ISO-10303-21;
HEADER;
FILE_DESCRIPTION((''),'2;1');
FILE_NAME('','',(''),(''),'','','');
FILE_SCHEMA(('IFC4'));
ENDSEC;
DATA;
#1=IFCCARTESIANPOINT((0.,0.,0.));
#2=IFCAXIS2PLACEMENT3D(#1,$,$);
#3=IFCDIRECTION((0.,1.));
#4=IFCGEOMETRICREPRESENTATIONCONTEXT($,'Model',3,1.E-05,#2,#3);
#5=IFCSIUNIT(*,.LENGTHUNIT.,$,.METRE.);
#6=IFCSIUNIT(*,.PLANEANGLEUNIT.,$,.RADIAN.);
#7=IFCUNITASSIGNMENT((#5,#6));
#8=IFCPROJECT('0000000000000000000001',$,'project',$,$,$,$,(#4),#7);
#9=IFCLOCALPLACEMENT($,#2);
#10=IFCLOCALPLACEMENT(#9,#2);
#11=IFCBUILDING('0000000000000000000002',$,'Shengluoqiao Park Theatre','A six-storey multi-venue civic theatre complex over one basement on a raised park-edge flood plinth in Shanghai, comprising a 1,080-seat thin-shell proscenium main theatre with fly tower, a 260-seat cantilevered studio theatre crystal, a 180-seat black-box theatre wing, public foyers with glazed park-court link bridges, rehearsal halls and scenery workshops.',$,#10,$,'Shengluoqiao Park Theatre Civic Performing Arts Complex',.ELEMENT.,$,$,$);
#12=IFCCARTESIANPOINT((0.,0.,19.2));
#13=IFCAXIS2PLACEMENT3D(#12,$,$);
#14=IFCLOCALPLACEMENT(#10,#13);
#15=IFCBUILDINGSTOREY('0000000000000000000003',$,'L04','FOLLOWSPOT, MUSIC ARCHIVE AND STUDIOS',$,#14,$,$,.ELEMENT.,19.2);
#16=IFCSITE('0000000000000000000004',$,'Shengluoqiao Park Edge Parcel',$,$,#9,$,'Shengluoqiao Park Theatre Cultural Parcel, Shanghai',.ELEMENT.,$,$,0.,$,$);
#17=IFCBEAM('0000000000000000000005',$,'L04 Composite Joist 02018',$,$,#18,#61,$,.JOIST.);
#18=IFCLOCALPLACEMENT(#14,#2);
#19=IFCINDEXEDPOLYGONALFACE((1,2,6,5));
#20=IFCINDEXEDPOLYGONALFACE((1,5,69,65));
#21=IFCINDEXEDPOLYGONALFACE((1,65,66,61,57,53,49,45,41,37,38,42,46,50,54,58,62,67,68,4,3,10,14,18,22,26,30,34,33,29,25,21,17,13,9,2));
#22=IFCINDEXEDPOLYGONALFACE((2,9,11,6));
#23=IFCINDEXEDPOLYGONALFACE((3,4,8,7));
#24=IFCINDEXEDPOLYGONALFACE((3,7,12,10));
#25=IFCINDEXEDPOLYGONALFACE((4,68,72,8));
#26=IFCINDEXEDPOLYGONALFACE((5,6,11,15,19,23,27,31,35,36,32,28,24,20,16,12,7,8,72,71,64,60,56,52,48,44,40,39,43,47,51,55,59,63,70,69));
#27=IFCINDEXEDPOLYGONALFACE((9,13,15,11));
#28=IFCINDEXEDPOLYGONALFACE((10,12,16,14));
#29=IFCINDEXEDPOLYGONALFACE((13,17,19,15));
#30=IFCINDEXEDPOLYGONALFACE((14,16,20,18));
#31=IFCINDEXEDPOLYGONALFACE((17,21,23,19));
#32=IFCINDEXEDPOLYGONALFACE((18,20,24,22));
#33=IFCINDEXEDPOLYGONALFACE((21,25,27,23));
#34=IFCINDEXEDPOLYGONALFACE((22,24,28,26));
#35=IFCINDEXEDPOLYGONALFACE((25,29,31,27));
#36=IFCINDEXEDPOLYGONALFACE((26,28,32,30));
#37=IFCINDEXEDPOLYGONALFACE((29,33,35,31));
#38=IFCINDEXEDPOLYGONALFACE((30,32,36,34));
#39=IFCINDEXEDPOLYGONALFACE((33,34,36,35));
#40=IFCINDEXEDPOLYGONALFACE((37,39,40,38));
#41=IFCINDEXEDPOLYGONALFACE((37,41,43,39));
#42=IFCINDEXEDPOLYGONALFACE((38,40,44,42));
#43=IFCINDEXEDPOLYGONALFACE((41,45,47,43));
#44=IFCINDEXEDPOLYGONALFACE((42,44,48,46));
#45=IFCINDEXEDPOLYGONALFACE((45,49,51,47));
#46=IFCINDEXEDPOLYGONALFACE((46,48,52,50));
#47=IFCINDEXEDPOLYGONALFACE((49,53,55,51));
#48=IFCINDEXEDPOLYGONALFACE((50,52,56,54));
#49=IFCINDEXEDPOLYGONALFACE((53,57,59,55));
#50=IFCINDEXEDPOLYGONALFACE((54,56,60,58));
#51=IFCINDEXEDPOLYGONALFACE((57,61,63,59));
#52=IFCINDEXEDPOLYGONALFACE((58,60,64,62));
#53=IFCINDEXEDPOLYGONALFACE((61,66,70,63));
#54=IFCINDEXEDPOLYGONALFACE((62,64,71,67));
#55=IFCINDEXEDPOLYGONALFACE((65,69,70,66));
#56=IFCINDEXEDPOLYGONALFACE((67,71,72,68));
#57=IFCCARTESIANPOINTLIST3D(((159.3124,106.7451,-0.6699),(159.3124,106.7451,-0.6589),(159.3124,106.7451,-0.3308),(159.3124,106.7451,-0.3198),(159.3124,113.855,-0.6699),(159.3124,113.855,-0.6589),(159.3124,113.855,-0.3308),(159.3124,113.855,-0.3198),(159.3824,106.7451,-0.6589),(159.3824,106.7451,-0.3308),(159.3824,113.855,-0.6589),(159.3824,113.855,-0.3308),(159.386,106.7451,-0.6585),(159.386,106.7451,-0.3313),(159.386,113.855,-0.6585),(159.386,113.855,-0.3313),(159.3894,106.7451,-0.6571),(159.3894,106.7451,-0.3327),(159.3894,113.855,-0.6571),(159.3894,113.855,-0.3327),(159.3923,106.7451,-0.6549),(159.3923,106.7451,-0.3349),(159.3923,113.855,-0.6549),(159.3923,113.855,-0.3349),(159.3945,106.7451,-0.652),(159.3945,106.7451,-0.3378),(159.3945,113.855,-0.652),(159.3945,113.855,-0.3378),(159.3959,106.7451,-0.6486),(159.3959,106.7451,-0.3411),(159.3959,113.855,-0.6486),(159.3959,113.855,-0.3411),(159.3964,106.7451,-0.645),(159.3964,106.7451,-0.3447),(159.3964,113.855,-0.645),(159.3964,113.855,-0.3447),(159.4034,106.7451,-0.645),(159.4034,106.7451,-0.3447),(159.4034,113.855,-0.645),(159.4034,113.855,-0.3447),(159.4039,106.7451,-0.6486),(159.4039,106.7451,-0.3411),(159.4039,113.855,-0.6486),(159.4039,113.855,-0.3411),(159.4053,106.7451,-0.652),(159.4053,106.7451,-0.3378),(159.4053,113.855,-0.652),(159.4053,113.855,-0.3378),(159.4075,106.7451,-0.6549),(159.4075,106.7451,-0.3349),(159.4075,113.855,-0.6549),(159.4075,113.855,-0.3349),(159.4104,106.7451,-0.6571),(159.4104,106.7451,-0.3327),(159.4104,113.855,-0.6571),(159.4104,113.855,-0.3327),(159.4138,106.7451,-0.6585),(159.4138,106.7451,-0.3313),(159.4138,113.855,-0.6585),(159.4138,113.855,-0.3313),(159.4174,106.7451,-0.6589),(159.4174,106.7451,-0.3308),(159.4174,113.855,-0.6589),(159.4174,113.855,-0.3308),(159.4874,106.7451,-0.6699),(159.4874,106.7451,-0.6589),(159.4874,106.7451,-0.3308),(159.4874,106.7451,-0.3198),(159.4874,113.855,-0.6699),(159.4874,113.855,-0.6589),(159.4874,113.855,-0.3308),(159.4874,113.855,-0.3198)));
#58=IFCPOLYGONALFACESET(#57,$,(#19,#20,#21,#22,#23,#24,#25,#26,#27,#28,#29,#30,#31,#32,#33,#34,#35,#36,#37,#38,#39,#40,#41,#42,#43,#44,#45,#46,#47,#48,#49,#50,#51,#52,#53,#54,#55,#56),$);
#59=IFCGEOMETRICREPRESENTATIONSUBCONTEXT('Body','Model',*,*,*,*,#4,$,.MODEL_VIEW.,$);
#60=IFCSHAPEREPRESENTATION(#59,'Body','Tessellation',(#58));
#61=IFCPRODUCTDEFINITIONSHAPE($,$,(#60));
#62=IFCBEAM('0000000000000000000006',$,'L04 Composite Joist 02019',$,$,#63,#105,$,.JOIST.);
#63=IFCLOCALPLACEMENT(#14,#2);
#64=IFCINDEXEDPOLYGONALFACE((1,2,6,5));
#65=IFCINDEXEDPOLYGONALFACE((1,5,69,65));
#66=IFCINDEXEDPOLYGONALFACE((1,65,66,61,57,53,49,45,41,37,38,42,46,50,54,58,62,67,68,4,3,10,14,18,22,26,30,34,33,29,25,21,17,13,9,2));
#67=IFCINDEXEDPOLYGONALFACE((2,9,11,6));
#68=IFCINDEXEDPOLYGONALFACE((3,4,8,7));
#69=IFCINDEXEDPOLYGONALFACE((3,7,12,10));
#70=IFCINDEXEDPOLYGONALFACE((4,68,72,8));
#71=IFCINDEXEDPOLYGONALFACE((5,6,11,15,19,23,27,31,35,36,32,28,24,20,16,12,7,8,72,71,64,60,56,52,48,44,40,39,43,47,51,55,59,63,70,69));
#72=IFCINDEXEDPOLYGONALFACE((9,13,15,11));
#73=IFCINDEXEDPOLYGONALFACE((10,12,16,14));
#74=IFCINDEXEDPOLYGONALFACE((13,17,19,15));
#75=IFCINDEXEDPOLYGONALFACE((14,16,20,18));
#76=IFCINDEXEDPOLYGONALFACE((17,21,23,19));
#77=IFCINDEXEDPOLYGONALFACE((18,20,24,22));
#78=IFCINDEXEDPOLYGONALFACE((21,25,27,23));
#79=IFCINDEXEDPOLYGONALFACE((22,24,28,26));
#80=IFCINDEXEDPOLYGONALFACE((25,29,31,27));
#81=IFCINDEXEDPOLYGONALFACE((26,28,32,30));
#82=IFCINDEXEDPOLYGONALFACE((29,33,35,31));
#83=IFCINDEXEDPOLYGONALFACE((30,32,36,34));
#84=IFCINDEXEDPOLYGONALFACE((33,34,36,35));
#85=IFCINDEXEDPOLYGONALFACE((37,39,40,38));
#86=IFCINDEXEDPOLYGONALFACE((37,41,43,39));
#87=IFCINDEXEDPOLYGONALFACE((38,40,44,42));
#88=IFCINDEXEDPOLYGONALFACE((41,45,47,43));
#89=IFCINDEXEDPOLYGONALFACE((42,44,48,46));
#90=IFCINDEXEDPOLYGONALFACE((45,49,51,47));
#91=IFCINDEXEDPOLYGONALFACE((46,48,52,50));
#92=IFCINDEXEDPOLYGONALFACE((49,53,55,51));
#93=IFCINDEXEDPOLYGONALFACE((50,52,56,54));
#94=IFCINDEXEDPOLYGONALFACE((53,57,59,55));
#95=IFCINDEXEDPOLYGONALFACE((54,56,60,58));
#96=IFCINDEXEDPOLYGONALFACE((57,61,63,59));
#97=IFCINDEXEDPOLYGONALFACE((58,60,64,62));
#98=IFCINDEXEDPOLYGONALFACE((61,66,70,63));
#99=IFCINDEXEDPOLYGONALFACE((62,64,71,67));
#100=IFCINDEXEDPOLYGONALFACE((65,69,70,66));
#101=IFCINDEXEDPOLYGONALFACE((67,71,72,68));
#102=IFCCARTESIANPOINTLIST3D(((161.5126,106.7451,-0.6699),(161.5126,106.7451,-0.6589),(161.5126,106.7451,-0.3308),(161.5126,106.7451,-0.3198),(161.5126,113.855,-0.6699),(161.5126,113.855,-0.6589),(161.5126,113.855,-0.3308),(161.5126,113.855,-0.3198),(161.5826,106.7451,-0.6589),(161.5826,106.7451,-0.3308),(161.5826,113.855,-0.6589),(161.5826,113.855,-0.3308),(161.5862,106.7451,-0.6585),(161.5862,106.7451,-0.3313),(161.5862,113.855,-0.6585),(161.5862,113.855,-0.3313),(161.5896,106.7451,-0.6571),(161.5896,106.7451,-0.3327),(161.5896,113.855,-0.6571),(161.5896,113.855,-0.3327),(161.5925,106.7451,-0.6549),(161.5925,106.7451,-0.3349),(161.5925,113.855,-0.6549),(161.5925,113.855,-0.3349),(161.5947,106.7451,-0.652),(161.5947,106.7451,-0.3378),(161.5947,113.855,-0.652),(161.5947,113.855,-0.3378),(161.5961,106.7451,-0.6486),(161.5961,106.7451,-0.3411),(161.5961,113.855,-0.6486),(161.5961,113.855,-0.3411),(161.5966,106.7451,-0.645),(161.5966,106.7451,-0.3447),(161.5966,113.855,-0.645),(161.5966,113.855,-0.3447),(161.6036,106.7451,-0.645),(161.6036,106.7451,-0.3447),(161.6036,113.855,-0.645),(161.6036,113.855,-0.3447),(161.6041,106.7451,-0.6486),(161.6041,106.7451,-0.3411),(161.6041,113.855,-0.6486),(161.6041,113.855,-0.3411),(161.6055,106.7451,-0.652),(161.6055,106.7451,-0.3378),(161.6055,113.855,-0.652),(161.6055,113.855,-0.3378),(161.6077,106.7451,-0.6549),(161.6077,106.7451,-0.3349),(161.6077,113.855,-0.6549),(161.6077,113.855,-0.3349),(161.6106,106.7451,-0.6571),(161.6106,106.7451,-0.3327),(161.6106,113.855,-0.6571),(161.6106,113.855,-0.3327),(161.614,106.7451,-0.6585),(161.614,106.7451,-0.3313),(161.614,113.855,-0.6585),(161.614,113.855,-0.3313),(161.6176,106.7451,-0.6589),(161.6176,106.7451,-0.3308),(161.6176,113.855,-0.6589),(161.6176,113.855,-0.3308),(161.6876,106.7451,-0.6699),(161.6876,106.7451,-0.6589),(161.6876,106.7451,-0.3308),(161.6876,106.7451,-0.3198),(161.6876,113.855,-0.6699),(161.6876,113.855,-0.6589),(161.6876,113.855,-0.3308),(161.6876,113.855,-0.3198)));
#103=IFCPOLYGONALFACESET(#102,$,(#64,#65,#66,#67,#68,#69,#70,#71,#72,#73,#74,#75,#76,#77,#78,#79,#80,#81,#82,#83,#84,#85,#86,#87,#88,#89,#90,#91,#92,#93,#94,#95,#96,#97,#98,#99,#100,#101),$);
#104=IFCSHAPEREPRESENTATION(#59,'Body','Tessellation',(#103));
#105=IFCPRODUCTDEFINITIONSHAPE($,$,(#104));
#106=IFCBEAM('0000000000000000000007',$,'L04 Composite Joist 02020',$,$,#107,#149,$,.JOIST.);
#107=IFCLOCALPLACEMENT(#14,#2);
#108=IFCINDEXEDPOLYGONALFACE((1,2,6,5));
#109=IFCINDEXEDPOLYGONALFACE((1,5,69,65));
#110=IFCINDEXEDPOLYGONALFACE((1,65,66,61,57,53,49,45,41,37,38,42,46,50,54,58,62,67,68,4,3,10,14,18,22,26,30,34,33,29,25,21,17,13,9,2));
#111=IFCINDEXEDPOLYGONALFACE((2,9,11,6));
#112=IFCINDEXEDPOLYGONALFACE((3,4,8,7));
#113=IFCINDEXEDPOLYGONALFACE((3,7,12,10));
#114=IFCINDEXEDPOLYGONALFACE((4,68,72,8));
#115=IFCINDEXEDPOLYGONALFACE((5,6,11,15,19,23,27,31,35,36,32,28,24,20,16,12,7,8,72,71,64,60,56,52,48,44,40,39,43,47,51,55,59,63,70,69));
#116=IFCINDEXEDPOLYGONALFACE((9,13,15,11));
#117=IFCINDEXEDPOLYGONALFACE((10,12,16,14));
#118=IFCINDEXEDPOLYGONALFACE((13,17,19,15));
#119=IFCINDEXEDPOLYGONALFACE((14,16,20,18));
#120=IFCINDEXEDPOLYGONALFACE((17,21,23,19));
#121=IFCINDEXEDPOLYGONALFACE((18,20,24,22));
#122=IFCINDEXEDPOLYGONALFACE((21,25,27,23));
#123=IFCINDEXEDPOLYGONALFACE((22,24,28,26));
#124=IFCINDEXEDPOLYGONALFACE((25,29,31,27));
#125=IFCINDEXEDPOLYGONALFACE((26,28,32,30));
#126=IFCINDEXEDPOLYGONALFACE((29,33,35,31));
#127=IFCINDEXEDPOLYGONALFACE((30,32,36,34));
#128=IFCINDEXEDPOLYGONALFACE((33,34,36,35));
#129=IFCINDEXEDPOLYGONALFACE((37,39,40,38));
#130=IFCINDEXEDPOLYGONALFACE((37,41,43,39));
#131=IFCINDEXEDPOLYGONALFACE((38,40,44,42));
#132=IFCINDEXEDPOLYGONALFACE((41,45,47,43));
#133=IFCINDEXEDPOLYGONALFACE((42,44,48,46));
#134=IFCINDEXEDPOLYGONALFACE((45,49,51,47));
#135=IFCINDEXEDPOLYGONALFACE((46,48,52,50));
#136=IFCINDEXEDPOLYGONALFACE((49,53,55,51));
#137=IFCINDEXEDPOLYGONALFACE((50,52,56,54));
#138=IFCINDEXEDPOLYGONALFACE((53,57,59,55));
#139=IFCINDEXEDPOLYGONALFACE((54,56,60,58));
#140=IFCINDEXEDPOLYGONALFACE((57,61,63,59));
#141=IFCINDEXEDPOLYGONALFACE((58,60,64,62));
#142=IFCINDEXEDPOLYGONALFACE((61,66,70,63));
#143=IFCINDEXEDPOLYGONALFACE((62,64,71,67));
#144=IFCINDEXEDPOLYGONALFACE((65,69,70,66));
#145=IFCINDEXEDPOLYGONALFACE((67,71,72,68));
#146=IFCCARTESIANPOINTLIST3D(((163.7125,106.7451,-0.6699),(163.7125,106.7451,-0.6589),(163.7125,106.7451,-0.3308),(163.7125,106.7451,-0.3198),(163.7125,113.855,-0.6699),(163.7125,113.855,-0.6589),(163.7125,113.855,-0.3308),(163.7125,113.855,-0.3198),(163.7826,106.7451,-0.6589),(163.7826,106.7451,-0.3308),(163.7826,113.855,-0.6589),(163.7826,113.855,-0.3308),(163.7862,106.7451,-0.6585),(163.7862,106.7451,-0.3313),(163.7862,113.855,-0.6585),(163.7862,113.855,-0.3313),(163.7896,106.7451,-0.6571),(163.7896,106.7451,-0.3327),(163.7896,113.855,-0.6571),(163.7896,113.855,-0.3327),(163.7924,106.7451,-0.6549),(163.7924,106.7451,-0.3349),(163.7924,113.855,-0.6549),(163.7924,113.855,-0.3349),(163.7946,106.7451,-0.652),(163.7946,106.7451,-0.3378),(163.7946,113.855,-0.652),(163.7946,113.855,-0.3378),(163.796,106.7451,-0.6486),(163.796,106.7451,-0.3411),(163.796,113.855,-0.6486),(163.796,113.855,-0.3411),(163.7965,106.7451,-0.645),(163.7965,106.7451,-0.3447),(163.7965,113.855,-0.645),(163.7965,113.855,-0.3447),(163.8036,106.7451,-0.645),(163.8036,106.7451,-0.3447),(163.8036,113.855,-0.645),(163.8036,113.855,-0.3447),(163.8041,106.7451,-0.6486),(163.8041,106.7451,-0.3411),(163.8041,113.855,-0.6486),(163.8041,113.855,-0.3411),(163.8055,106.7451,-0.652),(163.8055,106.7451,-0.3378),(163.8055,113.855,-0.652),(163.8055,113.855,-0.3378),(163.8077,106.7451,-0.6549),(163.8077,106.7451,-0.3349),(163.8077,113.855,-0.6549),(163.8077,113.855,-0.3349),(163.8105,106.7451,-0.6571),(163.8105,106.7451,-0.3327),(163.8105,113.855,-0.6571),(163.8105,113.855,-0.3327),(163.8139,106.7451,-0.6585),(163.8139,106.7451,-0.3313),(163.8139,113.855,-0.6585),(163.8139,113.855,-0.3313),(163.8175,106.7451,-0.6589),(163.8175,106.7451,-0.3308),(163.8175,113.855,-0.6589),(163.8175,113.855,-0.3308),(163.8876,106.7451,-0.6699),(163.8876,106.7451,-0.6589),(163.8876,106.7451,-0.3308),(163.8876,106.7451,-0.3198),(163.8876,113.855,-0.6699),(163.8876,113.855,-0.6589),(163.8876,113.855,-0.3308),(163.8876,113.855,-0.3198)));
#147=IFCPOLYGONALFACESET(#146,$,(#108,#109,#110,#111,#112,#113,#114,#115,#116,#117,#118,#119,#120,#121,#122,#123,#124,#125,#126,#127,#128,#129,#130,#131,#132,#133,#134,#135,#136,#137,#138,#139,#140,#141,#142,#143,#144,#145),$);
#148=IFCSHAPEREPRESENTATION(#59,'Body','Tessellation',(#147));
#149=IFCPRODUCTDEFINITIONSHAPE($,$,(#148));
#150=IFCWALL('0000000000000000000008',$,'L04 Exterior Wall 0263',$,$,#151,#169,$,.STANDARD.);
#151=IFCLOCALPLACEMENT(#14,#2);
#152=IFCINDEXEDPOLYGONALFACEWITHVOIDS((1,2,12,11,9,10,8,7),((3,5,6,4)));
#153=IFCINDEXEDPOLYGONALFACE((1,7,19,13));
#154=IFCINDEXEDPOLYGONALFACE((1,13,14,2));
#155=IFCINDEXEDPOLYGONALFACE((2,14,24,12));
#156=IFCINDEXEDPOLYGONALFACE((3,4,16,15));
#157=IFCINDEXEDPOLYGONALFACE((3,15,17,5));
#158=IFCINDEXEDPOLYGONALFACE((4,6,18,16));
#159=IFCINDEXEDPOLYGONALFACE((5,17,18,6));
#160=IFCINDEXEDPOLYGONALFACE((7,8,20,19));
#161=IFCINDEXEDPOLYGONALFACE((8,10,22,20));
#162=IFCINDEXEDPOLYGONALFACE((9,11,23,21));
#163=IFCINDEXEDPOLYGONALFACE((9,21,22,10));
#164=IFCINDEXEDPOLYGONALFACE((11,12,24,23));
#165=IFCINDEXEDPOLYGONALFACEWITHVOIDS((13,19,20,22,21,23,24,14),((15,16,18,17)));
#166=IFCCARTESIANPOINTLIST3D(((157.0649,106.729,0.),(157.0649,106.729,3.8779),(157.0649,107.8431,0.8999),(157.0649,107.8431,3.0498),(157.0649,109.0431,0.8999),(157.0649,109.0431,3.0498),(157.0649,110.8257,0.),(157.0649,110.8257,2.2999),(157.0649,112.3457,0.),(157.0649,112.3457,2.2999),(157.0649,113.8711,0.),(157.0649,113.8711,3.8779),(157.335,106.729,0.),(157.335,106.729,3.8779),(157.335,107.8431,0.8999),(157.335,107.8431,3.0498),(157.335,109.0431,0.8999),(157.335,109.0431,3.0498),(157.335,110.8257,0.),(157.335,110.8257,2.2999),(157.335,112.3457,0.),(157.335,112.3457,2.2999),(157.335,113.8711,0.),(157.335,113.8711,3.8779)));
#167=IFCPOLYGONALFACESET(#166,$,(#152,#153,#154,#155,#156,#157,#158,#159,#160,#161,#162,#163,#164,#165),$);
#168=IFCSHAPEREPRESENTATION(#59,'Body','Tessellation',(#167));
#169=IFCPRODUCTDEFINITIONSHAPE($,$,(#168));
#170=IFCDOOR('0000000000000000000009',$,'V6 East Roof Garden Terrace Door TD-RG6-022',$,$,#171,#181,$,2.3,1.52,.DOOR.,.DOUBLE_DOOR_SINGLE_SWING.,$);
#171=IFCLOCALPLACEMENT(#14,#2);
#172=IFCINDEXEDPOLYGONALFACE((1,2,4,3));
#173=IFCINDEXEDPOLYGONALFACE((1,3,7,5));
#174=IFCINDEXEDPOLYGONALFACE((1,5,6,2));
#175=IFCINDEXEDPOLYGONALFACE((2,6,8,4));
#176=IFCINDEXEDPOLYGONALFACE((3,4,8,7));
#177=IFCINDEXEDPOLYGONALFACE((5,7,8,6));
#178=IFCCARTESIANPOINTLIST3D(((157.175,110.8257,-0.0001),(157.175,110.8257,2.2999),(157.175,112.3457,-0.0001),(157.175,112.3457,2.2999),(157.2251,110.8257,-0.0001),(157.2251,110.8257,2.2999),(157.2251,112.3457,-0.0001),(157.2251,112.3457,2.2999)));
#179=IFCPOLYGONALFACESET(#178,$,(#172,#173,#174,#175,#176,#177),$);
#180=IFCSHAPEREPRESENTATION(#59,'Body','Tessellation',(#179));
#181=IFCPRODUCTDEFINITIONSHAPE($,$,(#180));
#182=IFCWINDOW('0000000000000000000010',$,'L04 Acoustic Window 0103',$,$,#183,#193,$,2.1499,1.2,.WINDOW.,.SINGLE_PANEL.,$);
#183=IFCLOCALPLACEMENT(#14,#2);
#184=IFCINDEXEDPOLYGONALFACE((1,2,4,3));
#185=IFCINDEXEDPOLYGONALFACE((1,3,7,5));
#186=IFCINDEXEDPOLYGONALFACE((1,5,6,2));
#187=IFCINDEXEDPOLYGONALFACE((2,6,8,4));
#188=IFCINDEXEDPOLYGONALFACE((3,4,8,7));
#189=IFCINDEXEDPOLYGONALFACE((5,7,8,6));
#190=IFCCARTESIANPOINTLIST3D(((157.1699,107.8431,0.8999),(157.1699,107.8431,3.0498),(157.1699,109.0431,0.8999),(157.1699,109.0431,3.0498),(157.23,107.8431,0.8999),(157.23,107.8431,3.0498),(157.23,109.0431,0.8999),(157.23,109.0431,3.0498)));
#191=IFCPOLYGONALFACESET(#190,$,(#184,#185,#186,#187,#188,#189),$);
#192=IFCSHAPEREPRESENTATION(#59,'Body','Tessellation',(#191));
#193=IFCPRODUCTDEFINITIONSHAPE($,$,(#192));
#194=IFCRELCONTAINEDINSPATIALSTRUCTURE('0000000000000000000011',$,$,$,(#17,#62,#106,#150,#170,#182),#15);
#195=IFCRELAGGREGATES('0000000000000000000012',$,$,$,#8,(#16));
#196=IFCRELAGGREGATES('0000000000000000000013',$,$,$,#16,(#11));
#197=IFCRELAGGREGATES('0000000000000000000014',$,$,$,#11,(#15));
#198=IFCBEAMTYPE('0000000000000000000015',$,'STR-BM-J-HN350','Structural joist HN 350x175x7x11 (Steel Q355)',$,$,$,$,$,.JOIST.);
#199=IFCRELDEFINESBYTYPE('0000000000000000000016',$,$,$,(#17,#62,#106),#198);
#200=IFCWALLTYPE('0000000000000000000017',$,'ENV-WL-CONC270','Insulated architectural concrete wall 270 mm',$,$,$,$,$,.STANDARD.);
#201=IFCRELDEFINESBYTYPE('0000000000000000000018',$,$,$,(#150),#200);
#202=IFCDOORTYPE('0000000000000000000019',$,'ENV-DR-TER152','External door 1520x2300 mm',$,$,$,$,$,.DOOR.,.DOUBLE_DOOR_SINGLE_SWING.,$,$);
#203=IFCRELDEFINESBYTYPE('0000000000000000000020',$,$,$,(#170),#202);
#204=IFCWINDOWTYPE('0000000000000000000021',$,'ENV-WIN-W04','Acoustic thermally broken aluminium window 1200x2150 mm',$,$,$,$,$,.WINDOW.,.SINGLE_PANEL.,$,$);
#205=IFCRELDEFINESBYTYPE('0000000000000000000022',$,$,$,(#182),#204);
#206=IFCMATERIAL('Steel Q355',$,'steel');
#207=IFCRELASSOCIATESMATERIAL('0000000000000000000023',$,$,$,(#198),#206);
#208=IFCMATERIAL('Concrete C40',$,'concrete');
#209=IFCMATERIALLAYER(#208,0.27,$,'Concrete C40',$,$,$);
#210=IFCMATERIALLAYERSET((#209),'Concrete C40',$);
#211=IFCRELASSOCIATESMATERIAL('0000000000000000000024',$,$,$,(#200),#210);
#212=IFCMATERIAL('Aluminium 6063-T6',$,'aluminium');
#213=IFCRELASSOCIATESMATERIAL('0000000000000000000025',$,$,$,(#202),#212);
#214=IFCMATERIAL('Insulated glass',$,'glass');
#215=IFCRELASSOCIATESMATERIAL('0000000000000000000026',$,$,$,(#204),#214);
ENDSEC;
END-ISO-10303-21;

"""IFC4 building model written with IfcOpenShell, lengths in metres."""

from ifc_helpers import new_model, si_unit, direction, frame, frame_2d, origin, origin_2d, place, context, subcontext, project, spatial, rectangle, i_section, extrude, material, layer, layer_set, material_profile, profile_set, type_object, element, fill, save


model = new_model("IFC4")

# Units and contexts
model_context = context("Model", 3, precision=1e-05, world=origin(), true_north=direction((0.0, 1.0)))
body_context = subcontext(model_context, "Body", "Model", "MODEL_VIEW")
ifc_project = project(units=[si_unit("LENGTHUNIT", "METRE"), si_unit("PLANEANGLEUNIT", "RADIAN")], contexts=[model_context])

# Site, building, storey
site_placement = place(None, origin())
site = spatial("IfcSite", under=ifc_project, at=site_placement, Name="Shengluoqiao Park Edge Parcel", LongName="Shengluoqiao Park Theatre Cultural Parcel, Shanghai", CompositionType="ELEMENT", RefElevation=0.0)
building_placement = place(site_placement, origin())
building = spatial("IfcBuilding", under=site, at=building_placement, Name="Shengluoqiao Park Theatre", Description="A six-storey multi-venue civic theatre complex over one basement on a raised park-edge flood plinth in Shanghai, comprising a 1,080-seat thin-shell proscenium main theatre with fly tower, a 260-seat cantilevered studio theatre crystal, a 180-seat black-box theatre wing, public foyers with glazed park-court link bridges, rehearsal halls and scenery workshops.", LongName="Shengluoqiao Park Theatre Civic Performing Arts Complex", CompositionType="ELEMENT")
storey_placement = place(building_placement, frame((0.0, 0.0, 19.2)))
storey = spatial("IfcBuildingStorey", under=building, at=storey_placement, Name="L04", Description="FOLLOWSPOT, MUSIC ARCHIVE AND STUDIOS", CompositionType="ELEMENT", Elevation=19.2)

# Shared definitions
ifc_material_1 = material(Name="Steel Q355", Category="steel")

# Beams
ifc_material_profile_1 = material_profile(ifc_material_1, i_section(OverallWidth=0.175, OverallDepth=0.3501, WebThickness=0.0071, FlangeThickness=0.011, FilletRadius=0.0139, at=origin_2d()), Name="HN 350x175x7x11")
ifc_profile_set_1 = profile_set([ifc_material_profile_1], Name="Steel Q355")
beam_type_1 = type_object("IfcBeamType", Name="STR-BM-J-HN350", Description="Structural joist HN 350x175x7x11 (Steel Q355)", PredefinedType="JOIST", material=ifc_profile_set_1)
for number, where, z_axis, x_axis, name in (
    (1, (159.3999, 106.7451, -0.4949), (0.0, 1.0, 0.0), (-1.0, 0.0, 0.0), "L04 Composite Joist 02018"),
    (2, (161.6001, 106.7451, -0.4949), (0.0, 1.0, 0.0), (-1.0, 0.0, 0.0), "L04 Composite Joist 02019"),
    (3, (163.8, 106.7451, -0.4949), (0.0, 1.0, 0.0), (-1.0, 0.0, 0.0), "L04 Composite Joist 02020"),
):
    element("IfcBeam", number, at=place(storey_placement, frame(where, z_axis=z_axis, x_axis=x_axis)), inside=storey, type_object=beam_type_1, Name=name, PredefinedType="JOIST", context=body_context, shape_type="SweptSolid", body=[
        extrude(i_section(OverallWidth=0.175, OverallDepth=0.3501, WebThickness=0.0071, FlangeThickness=0.011, FilletRadius=0.0139, at=origin_2d()), origin(), (0.0, 0.0, 1.0), 7.1099),
    ])

# Wall, openings, door, window
ifc_material_2 = material(Name="Concrete C40", Category="concrete")
ifc_layer_1 = layer(ifc_material_2, 0.27, Name="Concrete C40")
ifc_layer_set_1 = layer_set([ifc_layer_1], Name="Concrete C40")
wall_type_1 = type_object("IfcWallType", Name="ENV-WL-CONC270", Description="Insulated architectural concrete wall 270 mm", PredefinedType="STANDARD", material=ifc_layer_set_1)
wall_1_placement = place(storey_placement, frame((157.2, 106.729, 0.0), z_axis=(0.0, 0.0, 1.0), x_axis=(0.0, 1.0, 0.0)))
wall_1 = element("IfcWall", 4, at=wall_1_placement, inside=storey, type_object=wall_type_1, Name="L04 Exterior Wall 0263", PredefinedType="STANDARD", context=body_context, shape_type="SweptSolid", body=[
    extrude(rectangle(XDim=7.1421, YDim=0.27, at=frame_2d((3.571, 0.0))), origin(), (0.0, 0.0, 1.0), 3.8779),
])
opening_1_placement = place(wall_1_placement, frame((1.114, 0.0, 0.8999)))
opening_1 = element("IfcOpeningElement", 5, at=opening_1_placement, cuts=wall_1, PredefinedType="OPENING", context=body_context, shape_type="SweptSolid", body=[
    extrude(rectangle(XDim=1.2, YDim=2.1499, at=frame_2d((0.6001, 1.075))), frame((0.0, 0.145, 0.0), z_axis=(0.0, -1.0, 0.0), x_axis=(1.0, 0.0, 0.0)), (0.0, 0.0, 1.0), 0.29),
])
opening_2_placement = place(wall_1_placement, frame((4.0967, 0.0, 0.0)))
opening_2 = element("IfcOpeningElement", 6, at=opening_2_placement, cuts=wall_1, PredefinedType="OPENING", context=body_context, shape_type="SweptSolid", body=[
    extrude(rectangle(XDim=1.52, YDim=2.3, at=frame_2d((0.76, 1.1499))), frame((0.0, 0.145, 0.0), z_axis=(0.0, -1.0, 0.0), x_axis=(1.0, 0.0, 0.0)), (0.0, 0.0, 1.0), 0.29),
])
ifc_material_3 = material(Name="Aluminium 6063-T6", Category="aluminium")
door_type_1 = type_object("IfcDoorType", Name="ENV-DR-TER152", Description="External door 1520x2300 mm", OperationType="DOUBLE_DOOR_SINGLE_SWING", PredefinedType="DOOR", material=ifc_material_3)
door_1_placement = place(opening_2_placement, origin())
door_1 = element("IfcDoor", 7, at=door_1_placement, inside=storey, type_object=door_type_1, Name="V6 East Roof Garden Terrace Door TD-RG6-022", OperationType="DOUBLE_DOOR_SINGLE_SWING", OverallHeight=2.3, OverallWidth=1.52, PredefinedType="DOOR", context=body_context, shape_type="SweptSolid", body=[
    extrude(rectangle(XDim=1.52, YDim=2.3, at=frame_2d((0.76, 1.1499))), frame((0.0, 0.0249, 0.0), z_axis=(0.0, -1.0, 0.0), x_axis=(1.0, 0.0, 0.0)), (0.0, 0.0, 1.0), 0.05),
])
fill(opening_2, door_1)
ifc_material_4 = material(Name="Insulated glass", Category="glass")
window_type_1 = type_object("IfcWindowType", Name="ENV-WIN-W04", Description="Acoustic thermally broken aluminium window 1200x2150 mm", PartitioningType="SINGLE_PANEL", PredefinedType="WINDOW", material=ifc_material_4)
window_1_placement = place(opening_1_placement, origin())
window_1 = element("IfcWindow", 8, at=window_1_placement, inside=storey, type_object=window_type_1, Name="L04 Acoustic Window 0103", OverallHeight=2.1499, OverallWidth=1.2, PartitioningType="SINGLE_PANEL", PredefinedType="WINDOW", context=body_context, shape_type="SweptSolid", body=[
    extrude(rectangle(XDim=1.2, YDim=2.1499, at=frame_2d((0.6001, 1.075))), frame((0.0, 0.03, 0.0), z_axis=(0.0, -1.0, 0.0), x_axis=(1.0, 0.0, 0.0)), (0.0, 0.0, 1.0), 0.0601),
])
fill(opening_1, window_1)

save(model, "model.ifc")
